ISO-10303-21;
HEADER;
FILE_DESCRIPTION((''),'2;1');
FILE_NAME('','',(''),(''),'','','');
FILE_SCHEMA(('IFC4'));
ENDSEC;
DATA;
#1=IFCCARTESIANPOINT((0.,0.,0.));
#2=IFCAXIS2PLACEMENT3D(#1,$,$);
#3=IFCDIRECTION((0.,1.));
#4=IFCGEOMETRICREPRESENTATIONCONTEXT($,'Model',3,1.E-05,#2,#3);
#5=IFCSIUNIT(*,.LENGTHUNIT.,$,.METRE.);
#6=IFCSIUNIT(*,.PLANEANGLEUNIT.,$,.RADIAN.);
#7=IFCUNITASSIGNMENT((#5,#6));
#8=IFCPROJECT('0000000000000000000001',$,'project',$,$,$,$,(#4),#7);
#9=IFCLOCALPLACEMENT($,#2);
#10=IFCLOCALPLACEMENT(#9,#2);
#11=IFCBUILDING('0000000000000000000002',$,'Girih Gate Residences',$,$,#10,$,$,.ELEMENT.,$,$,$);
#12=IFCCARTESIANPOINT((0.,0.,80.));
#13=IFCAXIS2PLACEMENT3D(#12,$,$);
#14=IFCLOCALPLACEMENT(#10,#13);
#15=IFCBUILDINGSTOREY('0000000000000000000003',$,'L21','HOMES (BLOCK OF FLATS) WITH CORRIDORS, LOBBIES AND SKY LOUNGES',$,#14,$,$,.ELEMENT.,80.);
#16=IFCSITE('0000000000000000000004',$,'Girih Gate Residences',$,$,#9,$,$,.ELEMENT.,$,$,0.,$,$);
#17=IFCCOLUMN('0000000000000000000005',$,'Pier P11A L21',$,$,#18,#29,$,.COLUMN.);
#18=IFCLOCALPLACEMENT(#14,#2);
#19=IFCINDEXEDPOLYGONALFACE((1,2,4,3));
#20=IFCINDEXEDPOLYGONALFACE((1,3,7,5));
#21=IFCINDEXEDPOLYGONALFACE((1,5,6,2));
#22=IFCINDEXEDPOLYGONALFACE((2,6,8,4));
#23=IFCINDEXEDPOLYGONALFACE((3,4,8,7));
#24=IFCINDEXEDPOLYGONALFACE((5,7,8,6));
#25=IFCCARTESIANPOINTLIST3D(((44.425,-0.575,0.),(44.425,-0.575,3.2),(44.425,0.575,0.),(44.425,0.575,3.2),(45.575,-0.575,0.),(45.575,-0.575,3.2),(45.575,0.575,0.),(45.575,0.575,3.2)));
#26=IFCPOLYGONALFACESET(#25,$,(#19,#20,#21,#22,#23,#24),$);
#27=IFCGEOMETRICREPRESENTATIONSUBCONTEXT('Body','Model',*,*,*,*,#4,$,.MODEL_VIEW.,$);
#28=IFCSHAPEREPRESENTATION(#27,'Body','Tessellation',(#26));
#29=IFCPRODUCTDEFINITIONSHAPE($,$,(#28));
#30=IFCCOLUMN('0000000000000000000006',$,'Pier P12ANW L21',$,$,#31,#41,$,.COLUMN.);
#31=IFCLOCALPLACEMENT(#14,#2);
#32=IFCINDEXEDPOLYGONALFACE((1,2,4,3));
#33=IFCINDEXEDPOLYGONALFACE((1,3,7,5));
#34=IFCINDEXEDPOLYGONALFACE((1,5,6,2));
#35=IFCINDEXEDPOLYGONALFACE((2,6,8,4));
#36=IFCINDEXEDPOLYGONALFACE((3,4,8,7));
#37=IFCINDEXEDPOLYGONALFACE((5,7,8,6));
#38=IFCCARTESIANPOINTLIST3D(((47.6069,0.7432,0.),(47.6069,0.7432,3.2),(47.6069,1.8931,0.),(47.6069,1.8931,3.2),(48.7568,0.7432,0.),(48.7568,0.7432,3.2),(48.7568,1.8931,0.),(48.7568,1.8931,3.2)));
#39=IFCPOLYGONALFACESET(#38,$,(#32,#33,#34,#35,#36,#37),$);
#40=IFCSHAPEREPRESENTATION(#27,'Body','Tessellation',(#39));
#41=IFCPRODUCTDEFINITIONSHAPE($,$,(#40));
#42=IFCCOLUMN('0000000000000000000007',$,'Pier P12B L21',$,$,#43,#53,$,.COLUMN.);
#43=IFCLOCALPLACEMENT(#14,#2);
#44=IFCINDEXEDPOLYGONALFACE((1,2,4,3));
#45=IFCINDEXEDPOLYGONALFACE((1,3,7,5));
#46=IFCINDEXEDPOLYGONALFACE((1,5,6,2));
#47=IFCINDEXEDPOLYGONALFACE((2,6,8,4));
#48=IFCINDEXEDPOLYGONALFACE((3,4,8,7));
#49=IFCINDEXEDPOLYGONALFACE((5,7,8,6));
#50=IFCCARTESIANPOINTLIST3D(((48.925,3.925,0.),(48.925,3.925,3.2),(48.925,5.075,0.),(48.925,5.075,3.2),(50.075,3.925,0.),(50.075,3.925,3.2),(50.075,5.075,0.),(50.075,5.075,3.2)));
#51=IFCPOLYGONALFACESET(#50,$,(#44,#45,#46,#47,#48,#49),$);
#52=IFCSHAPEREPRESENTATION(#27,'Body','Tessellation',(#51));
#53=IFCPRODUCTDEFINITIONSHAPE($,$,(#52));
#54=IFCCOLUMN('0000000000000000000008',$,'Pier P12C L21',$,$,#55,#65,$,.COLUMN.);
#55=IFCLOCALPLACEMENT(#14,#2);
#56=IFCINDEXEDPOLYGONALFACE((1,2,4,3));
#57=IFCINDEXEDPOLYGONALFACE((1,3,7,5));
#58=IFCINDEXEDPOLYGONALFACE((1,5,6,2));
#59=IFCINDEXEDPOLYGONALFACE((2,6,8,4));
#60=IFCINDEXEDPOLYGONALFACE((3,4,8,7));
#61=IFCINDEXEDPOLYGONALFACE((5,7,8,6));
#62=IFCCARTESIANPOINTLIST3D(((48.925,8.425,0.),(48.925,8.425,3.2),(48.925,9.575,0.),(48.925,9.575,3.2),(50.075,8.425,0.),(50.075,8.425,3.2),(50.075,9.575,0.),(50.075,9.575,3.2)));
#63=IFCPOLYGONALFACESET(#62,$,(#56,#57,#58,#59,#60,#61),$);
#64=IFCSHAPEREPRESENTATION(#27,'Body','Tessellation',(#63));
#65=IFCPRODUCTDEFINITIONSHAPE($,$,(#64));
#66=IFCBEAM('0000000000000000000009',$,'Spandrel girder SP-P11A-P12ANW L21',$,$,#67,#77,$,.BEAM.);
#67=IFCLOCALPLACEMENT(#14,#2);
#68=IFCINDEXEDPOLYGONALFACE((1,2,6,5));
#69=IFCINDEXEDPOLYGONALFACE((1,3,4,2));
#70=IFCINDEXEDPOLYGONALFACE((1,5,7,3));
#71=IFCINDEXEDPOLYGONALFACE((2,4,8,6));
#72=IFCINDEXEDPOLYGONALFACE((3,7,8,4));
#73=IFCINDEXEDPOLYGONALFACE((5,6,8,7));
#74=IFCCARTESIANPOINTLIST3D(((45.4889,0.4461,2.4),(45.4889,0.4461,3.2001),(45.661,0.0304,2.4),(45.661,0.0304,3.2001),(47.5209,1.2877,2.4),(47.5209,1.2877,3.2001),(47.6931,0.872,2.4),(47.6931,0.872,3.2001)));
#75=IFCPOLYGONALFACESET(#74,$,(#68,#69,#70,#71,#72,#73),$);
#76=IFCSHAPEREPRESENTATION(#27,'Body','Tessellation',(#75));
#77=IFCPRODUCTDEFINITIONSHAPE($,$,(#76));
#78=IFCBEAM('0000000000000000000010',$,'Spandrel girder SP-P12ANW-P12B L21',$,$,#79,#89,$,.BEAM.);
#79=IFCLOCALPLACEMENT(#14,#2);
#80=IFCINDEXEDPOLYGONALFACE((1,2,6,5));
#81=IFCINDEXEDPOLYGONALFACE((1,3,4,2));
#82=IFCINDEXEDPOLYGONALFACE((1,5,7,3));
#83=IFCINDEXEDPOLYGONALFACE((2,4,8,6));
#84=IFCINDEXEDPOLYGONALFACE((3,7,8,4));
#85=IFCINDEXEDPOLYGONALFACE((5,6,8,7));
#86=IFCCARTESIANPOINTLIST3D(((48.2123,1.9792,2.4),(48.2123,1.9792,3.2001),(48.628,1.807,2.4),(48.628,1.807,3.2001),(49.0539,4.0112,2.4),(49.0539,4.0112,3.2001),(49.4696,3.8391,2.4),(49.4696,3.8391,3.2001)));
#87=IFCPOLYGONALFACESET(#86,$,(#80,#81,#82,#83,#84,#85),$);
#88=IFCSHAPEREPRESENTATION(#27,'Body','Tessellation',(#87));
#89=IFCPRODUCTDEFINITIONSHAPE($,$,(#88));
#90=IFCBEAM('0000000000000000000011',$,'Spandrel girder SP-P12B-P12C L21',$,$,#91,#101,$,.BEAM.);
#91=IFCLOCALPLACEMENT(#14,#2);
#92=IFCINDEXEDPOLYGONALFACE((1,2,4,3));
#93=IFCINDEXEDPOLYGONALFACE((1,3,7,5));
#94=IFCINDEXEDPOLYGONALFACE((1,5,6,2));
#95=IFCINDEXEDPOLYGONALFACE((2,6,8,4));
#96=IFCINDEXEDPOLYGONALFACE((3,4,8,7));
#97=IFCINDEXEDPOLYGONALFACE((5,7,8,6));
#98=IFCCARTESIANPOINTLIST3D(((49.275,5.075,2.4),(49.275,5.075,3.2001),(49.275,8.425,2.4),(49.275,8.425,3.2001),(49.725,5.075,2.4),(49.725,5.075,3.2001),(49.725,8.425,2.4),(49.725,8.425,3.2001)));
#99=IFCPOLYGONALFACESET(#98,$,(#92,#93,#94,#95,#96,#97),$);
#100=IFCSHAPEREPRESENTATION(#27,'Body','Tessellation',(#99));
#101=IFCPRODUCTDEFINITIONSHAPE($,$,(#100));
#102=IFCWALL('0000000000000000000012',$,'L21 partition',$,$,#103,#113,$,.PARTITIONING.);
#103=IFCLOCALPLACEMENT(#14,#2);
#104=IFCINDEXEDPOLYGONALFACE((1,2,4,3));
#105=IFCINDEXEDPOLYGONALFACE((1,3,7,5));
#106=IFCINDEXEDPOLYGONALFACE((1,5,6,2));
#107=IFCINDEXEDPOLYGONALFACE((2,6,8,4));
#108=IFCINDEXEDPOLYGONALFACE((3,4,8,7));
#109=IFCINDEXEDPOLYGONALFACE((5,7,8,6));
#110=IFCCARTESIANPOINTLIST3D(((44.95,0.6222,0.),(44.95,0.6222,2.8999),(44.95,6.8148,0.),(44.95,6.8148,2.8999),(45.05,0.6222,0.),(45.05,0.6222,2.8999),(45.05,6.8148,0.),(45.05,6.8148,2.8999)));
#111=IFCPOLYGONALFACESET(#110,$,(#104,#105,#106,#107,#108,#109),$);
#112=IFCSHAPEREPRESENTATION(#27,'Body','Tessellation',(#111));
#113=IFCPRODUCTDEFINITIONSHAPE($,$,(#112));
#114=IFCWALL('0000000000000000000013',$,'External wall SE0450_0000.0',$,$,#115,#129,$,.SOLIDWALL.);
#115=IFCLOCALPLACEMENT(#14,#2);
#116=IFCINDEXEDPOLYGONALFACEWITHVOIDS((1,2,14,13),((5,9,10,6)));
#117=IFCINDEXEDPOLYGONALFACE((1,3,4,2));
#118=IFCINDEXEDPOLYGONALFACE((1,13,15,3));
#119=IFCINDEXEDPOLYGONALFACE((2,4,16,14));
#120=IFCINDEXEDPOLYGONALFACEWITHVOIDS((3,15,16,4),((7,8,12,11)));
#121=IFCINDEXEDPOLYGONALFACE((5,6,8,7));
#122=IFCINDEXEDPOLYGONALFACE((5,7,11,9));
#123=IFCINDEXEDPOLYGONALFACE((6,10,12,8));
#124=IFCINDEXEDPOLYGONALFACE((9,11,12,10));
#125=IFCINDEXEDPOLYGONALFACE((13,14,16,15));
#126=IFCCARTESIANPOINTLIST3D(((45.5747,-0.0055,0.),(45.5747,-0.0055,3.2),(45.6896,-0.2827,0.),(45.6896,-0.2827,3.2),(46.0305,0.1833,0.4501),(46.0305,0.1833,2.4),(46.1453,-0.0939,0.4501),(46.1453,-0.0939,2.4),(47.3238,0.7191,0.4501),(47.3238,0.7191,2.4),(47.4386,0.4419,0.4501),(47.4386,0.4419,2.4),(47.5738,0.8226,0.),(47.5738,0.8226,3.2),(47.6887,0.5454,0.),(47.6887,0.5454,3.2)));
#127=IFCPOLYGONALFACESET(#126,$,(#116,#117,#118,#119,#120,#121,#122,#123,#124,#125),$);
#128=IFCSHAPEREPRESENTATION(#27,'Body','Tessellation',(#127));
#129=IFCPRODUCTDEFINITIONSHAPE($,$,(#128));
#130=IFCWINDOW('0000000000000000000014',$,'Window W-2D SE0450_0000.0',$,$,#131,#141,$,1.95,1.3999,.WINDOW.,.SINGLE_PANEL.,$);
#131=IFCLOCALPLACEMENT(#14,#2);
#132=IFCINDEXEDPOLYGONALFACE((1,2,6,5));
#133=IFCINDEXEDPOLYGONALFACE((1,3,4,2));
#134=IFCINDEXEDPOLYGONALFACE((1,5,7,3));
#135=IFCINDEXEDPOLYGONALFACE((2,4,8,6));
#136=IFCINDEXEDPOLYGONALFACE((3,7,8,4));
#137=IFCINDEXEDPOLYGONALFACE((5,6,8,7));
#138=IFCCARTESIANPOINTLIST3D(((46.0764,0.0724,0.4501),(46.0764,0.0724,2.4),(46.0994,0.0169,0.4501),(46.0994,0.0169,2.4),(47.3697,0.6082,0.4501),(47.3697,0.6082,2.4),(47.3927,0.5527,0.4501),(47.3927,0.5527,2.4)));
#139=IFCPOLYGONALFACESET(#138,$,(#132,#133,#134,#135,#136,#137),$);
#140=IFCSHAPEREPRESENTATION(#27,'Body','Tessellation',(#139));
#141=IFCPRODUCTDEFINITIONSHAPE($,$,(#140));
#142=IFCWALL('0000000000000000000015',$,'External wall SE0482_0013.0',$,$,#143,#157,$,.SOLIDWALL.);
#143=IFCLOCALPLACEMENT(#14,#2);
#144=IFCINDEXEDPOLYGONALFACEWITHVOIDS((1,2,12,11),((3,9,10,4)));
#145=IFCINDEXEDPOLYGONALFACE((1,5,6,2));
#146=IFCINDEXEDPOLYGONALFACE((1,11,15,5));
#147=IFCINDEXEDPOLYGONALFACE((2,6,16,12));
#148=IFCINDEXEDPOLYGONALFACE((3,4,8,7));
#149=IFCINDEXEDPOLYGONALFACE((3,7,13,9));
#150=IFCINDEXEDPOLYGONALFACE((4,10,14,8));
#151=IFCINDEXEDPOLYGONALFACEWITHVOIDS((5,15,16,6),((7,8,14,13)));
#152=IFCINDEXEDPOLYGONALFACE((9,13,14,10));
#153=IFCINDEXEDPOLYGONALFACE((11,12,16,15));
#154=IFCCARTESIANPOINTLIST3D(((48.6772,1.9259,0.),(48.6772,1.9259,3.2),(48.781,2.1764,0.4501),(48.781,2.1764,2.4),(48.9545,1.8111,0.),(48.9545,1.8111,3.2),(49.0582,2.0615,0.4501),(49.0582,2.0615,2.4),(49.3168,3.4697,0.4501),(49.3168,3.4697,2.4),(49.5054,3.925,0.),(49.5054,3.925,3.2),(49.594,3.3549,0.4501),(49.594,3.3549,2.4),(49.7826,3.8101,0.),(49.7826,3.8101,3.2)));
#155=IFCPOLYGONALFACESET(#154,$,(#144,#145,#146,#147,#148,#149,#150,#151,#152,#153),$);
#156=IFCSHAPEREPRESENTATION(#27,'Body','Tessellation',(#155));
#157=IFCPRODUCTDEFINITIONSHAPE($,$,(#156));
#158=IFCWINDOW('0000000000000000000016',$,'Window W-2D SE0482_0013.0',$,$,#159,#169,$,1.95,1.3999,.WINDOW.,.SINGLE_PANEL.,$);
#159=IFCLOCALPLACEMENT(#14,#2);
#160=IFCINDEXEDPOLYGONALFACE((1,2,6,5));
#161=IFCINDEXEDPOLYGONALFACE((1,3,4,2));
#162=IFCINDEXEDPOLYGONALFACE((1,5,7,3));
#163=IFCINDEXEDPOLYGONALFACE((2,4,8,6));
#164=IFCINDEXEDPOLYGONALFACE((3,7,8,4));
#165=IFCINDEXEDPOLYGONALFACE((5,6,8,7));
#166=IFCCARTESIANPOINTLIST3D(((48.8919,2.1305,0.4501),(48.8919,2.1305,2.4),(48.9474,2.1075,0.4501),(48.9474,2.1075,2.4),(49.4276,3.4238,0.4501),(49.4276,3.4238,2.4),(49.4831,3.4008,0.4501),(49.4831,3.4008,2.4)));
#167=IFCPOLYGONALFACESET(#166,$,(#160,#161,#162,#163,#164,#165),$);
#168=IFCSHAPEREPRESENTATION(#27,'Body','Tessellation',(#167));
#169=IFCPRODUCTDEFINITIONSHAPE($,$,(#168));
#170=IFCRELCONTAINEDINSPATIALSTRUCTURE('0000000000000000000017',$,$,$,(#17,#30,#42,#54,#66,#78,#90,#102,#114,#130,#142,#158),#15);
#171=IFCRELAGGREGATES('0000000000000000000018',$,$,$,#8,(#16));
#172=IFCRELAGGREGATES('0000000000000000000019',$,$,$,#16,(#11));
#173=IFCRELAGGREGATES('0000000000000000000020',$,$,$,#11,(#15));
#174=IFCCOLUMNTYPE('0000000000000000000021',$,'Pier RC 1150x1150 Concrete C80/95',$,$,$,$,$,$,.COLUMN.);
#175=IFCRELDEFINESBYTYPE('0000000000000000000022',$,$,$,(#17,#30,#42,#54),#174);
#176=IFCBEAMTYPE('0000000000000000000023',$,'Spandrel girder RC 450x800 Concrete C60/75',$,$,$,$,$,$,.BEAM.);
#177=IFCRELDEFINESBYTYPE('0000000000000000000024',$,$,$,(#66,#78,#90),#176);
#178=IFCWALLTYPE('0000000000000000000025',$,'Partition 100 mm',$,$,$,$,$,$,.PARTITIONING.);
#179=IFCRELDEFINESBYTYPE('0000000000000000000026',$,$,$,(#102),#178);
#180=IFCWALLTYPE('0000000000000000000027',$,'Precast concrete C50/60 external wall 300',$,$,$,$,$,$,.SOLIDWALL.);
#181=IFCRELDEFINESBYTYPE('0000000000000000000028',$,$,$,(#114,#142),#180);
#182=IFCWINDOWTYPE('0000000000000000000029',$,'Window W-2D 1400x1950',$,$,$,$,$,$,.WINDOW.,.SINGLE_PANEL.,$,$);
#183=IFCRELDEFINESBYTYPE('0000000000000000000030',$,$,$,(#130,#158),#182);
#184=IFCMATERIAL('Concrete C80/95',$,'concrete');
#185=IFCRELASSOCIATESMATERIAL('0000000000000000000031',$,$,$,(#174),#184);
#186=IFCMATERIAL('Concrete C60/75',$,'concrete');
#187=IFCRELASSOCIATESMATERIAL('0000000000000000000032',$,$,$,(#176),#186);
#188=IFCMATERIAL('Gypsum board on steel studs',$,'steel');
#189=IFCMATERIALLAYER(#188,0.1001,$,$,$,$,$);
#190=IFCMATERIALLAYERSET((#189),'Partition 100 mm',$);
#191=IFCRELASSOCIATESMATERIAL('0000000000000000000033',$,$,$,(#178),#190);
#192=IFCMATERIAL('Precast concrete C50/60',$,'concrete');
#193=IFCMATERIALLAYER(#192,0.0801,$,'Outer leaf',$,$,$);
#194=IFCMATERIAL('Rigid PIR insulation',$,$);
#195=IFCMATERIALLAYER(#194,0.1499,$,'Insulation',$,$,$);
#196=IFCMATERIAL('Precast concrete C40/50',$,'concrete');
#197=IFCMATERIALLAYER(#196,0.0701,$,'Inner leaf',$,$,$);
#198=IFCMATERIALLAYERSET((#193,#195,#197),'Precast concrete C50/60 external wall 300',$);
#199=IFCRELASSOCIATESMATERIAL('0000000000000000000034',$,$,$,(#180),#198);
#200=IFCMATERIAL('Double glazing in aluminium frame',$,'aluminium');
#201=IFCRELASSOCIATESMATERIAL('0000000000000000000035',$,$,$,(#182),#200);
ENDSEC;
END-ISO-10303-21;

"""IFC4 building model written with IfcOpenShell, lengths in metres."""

from ifc_helpers import new_model, si_unit, direction, frame, frame_2d, origin, origin_2d, place, context, subcontext, project, spatial, rectangle, extrude, material, layer, layer_set, material_profile, profile_set, type_object, element, fill, save


model = new_model("IFC4")

# Units and contexts
model_context = context("Model", 3, precision=1e-05, world=origin(), true_north=direction((0.0, 1.0)))
body_context = subcontext(model_context, "Body", "Model", "MODEL_VIEW")
ifc_project = project(units=[si_unit("LENGTHUNIT", "METRE"), si_unit("PLANEANGLEUNIT", "RADIAN")], contexts=[model_context])

# Site, building, storey
site_placement = place(None, origin())
site = spatial("IfcSite", under=ifc_project, at=site_placement, Name="Girih Gate Residences", CompositionType="ELEMENT", RefElevation=0.0)
building_placement = place(site_placement, origin())
building = spatial("IfcBuilding", under=site, at=building_placement, Name="Girih Gate Residences", CompositionType="ELEMENT")
storey_placement = place(building_placement, frame((0.0, 0.0, 80.0)))
storey = spatial("IfcBuildingStorey", under=building, at=storey_placement, Name="L21", Description="HOMES (BLOCK OF FLATS) WITH CORRIDORS, LOBBIES AND SKY LOUNGES", CompositionType="ELEMENT", Elevation=80.0)

# Columns
ifc_material_1 = material(Name="Concrete C80/95", Category="concrete")
ifc_material_profile_1 = material_profile(ifc_material_1, rectangle(XDim=1.1499, YDim=1.1499, at=origin_2d()))
ifc_profile_set_1 = profile_set([ifc_material_profile_1], Name="Concrete C80/95")
column_type = type_object("IfcColumnType", Name="Pier RC 1150x1150 Concrete C80/95", PredefinedType="COLUMN", material=ifc_profile_set_1)
for number, where, z_axis, x_axis, name in (
    (1, (45.0, 0.0, 0.0), (0.0, 0.0, 1.0), (1.0, 0.0, 0.0), "Pier P11A L21"),
    (2, (48.1819, 1.3181, 0.0), (0.0, 0.0, 1.0), (1.0, 0.0, 0.0), "Pier P12ANW L21"),
    (3, (49.5, 4.5, 0.0), (0.0, 0.0, 1.0), (1.0, 0.0, 0.0), "Pier P12B L21"),
    (4, (49.5, 9.0, 0.0), (0.0, 0.0, 1.0), (1.0, 0.0, 0.0), "Pier P12C L21"),
):
    element("IfcColumn", number, at=place(storey_placement, frame(where, z_axis=z_axis, x_axis=x_axis)), inside=storey, type_object=column_type, Name=name, PredefinedType="COLUMN", context=body_context, shape_type="SweptSolid", body=[
        extrude(rectangle(XDim=1.1499, YDim=1.1499, at=origin_2d()), origin(), (0.0, 0.0, 1.0), 3.2),
    ])

# Beams
ifc_material_2 = material(Name="Concrete C60/75", Category="concrete")
ifc_material_profile_2 = material_profile(ifc_material_2, rectangle(XDim=0.45, YDim=0.8, at=origin_2d()))
ifc_profile_set_2 = profile_set([ifc_material_profile_2], Name="Concrete C60/75")
beam_type = type_object("IfcBeamType", Name="Spandrel girder RC 450x800 Concrete C60/75", PredefinedType="BEAM", material=ifc_profile_set_2)
for number, where, z_axis, x_axis, name in (
    (5, (45.575, 0.2383, 2.8), (0.923899, 0.382636, 0.0), (-0.382636, 0.923899, 0.0), "Spandrel girder SP-P11A-P12ANW L21"),
    (6, (48.4202, 1.8931, 2.8), (0.382636, 0.923899, 0.0), (-0.923899, 0.382636, 0.0), "Spandrel girder SP-P12ANW-P12B L21"),
):
    element("IfcBeam", number, at=place(storey_placement, frame(where, z_axis=z_axis, x_axis=x_axis)), inside=storey, type_object=beam_type, Name=name, PredefinedType="BEAM", context=body_context, shape_type="SweptSolid", body=[
        extrude(rectangle(XDim=0.45, YDim=0.8, at=origin_2d()), origin(), (0.0, 0.0, 1.0), 2.1995),
    ])
beam_placement = place(storey_placement, frame((49.5, 5.075, 2.8), z_axis=(0.0, 1.0, 0.0), x_axis=(-1.0, 0.0, 0.0)))
element("IfcBeam", 7, at=beam_placement, inside=storey, type_object=beam_type, Name="Spandrel girder SP-P12B-P12C L21", PredefinedType="BEAM", context=body_context, shape_type="SweptSolid", body=[
    extrude(rectangle(XDim=0.45, YDim=0.8, at=origin_2d()), origin(), (0.0, 0.0, 1.0), 3.3501),
])

# Wall
ifc_material_3 = material(Name="Gypsum board on steel studs", Category="steel")
ifc_layer_1 = layer(ifc_material_3, 0.1001)
ifc_layer_set_1 = layer_set([ifc_layer_1], Name="Partition 100 mm")
wall_type_1 = type_object("IfcWallType", Name="Partition 100 mm", PredefinedType="PARTITIONING", material=ifc_layer_set_1)
wall_1_placement = place(storey_placement, frame((45.0, 0.6223, 0.0), z_axis=(0.0, 0.0, 1.0), x_axis=(0.0, 1.0, 0.0)))
element("IfcWall", 8, at=wall_1_placement, inside=storey, type_object=wall_type_1, Name="L21 partition", PredefinedType="PARTITIONING", context=body_context, shape_type="SweptSolid", body=[
    extrude(rectangle(XDim=6.1926, YDim=0.1001, at=frame_2d((3.0962, 0.0))), origin(), (0.0, 0.0, 1.0), 2.8999),
])

# Walls, openings, windows
ifc_material_4 = material(Name="Precast concrete C50/60", Category="concrete")
ifc_layer_2 = layer(ifc_material_4, 0.0801, Name="Outer leaf")
ifc_material_5 = material(Name="Rigid PIR insulation")
ifc_layer_3 = layer(ifc_material_5, 0.1499, Name="Insulation")
ifc_material_6 = material(Name="Precast concrete C40/50", Category="concrete")
ifc_layer_4 = layer(ifc_material_6, 0.0701, Name="Inner leaf")
ifc_layer_set_2 = layer_set([ifc_layer_2, ifc_layer_3, ifc_layer_4], Name="Precast concrete C50/60 external wall 300")
wall_type_2 = type_object("IfcWallType", Name="Precast concrete C50/60 external wall 300", PredefinedType="SOLIDWALL", material=ifc_layer_set_2)
wall_2_placement = place(storey_placement, frame((47.6313, 0.6841, 0.0), z_axis=(0.0, 0.0, 1.0), x_axis=(-0.923863, -0.382724, 0.0)))
wall_2 = element("IfcWall", 9, at=wall_2_placement, inside=storey, type_object=wall_type_2, Name="External wall SE0450_0000.0", PredefinedType="SOLIDWALL", context=body_context, shape_type="SweptSolid", body=[
    extrude(rectangle(XDim=2.1638, YDim=0.3, at=frame_2d((1.082, 0.0))), origin(), (0.0, 0.0, 1.0), 3.2),
])
opening_1_placement = place(wall_2_placement, frame((0.2708, 0.0, 0.45)))
opening_1 = element("IfcOpeningElement", 10, at=opening_1_placement, cuts=wall_2, PredefinedType="OPENING", context=body_context, shape_type="SweptSolid", body=[
    extrude(rectangle(XDim=1.3999, YDim=1.95, at=frame_2d((0.7, 0.9751))), frame((0.0, 0.1599, 0.0), z_axis=(0.0, -1.0, 0.0), x_axis=(1.0, 0.0, 0.0)), (0.0, 0.0, 1.0), 0.3201),
])
ifc_material_7 = material(Name="Double glazing in aluminium frame", Category="aluminium")
window_type_1 = type_object("IfcWindowType", Name="Window W-2D 1400x1950", PartitioningType="SINGLE_PANEL", PredefinedType="WINDOW", material=ifc_material_7)
window_1_placement = place(opening_1_placement, origin())
window_1 = element("IfcWindow", 11, at=window_1_placement, inside=storey, type_object=window_type_1, Name="Window W-2D SE0450_0000.0", OverallHeight=1.95, OverallWidth=1.3999, PartitioningType="SINGLE_PANEL", PredefinedType="WINDOW", context=body_context, shape_type="SweptSolid", body=[
    extrude(rectangle(XDim=1.3999, YDim=1.95, at=frame_2d((0.7, 0.9751))), frame((0.0, 0.03, 0.0), z_axis=(0.0, -1.0, 0.0), x_axis=(1.0, 0.0, 0.0)), (0.0, 0.0, 1.0), 0.0601),
])
fill(opening_1, window_1)
wall_3_placement = place(storey_placement, frame((49.644, 3.8677, 0.0), z_axis=(0.0, 0.0, 1.0), x_axis=(-0.382724, -0.923863, 0.0)))
wall_3 = element("IfcWall", 12, at=wall_3_placement, inside=storey, type_object=wall_type_2, Name="External wall SE0482_0013.0", PredefinedType="SOLIDWALL", context=body_context, shape_type="SweptSolid", body=[
    extrude(rectangle(XDim=2.1638, YDim=0.3, at=frame_2d((1.082, 0.0))), origin(), (0.0, 0.0, 1.0), 3.2),
])
opening_2_placement = place(wall_3_placement, frame((0.4929, 0.0, 0.45)))
opening_2 = element("IfcOpeningElement", 13, at=opening_2_placement, cuts=wall_3, PredefinedType="OPENING", context=body_context, shape_type="SweptSolid", body=[
    extrude(rectangle(XDim=1.3999, YDim=1.95, at=frame_2d((0.7, 0.9751))), frame((0.0, 0.1599, 0.0), z_axis=(0.0, -1.0, 0.0), x_axis=(1.0, 0.0, 0.0)), (0.0, 0.0, 1.0), 0.3201),
])
window_2_placement = place(opening_2_placement, origin())
window_2 = element("IfcWindow", 14, at=window_2_placement, inside=storey, type_object=window_type_1, Name="Window W-2D SE0482_0013.0", OverallHeight=1.95, OverallWidth=1.3999, PartitioningType="SINGLE_PANEL", PredefinedType="WINDOW", context=body_context, shape_type="SweptSolid", body=[
    extrude(rectangle(XDim=1.3999, YDim=1.95, at=frame_2d((0.7, 0.9751))), frame((0.0, 0.03, 0.0), z_axis=(0.0, -1.0, 0.0), x_axis=(1.0, 0.0, 0.0)), (0.0, 0.0, 1.0), 0.0601),
])
fill(opening_2, window_2)

save(model, "model.ifc")
